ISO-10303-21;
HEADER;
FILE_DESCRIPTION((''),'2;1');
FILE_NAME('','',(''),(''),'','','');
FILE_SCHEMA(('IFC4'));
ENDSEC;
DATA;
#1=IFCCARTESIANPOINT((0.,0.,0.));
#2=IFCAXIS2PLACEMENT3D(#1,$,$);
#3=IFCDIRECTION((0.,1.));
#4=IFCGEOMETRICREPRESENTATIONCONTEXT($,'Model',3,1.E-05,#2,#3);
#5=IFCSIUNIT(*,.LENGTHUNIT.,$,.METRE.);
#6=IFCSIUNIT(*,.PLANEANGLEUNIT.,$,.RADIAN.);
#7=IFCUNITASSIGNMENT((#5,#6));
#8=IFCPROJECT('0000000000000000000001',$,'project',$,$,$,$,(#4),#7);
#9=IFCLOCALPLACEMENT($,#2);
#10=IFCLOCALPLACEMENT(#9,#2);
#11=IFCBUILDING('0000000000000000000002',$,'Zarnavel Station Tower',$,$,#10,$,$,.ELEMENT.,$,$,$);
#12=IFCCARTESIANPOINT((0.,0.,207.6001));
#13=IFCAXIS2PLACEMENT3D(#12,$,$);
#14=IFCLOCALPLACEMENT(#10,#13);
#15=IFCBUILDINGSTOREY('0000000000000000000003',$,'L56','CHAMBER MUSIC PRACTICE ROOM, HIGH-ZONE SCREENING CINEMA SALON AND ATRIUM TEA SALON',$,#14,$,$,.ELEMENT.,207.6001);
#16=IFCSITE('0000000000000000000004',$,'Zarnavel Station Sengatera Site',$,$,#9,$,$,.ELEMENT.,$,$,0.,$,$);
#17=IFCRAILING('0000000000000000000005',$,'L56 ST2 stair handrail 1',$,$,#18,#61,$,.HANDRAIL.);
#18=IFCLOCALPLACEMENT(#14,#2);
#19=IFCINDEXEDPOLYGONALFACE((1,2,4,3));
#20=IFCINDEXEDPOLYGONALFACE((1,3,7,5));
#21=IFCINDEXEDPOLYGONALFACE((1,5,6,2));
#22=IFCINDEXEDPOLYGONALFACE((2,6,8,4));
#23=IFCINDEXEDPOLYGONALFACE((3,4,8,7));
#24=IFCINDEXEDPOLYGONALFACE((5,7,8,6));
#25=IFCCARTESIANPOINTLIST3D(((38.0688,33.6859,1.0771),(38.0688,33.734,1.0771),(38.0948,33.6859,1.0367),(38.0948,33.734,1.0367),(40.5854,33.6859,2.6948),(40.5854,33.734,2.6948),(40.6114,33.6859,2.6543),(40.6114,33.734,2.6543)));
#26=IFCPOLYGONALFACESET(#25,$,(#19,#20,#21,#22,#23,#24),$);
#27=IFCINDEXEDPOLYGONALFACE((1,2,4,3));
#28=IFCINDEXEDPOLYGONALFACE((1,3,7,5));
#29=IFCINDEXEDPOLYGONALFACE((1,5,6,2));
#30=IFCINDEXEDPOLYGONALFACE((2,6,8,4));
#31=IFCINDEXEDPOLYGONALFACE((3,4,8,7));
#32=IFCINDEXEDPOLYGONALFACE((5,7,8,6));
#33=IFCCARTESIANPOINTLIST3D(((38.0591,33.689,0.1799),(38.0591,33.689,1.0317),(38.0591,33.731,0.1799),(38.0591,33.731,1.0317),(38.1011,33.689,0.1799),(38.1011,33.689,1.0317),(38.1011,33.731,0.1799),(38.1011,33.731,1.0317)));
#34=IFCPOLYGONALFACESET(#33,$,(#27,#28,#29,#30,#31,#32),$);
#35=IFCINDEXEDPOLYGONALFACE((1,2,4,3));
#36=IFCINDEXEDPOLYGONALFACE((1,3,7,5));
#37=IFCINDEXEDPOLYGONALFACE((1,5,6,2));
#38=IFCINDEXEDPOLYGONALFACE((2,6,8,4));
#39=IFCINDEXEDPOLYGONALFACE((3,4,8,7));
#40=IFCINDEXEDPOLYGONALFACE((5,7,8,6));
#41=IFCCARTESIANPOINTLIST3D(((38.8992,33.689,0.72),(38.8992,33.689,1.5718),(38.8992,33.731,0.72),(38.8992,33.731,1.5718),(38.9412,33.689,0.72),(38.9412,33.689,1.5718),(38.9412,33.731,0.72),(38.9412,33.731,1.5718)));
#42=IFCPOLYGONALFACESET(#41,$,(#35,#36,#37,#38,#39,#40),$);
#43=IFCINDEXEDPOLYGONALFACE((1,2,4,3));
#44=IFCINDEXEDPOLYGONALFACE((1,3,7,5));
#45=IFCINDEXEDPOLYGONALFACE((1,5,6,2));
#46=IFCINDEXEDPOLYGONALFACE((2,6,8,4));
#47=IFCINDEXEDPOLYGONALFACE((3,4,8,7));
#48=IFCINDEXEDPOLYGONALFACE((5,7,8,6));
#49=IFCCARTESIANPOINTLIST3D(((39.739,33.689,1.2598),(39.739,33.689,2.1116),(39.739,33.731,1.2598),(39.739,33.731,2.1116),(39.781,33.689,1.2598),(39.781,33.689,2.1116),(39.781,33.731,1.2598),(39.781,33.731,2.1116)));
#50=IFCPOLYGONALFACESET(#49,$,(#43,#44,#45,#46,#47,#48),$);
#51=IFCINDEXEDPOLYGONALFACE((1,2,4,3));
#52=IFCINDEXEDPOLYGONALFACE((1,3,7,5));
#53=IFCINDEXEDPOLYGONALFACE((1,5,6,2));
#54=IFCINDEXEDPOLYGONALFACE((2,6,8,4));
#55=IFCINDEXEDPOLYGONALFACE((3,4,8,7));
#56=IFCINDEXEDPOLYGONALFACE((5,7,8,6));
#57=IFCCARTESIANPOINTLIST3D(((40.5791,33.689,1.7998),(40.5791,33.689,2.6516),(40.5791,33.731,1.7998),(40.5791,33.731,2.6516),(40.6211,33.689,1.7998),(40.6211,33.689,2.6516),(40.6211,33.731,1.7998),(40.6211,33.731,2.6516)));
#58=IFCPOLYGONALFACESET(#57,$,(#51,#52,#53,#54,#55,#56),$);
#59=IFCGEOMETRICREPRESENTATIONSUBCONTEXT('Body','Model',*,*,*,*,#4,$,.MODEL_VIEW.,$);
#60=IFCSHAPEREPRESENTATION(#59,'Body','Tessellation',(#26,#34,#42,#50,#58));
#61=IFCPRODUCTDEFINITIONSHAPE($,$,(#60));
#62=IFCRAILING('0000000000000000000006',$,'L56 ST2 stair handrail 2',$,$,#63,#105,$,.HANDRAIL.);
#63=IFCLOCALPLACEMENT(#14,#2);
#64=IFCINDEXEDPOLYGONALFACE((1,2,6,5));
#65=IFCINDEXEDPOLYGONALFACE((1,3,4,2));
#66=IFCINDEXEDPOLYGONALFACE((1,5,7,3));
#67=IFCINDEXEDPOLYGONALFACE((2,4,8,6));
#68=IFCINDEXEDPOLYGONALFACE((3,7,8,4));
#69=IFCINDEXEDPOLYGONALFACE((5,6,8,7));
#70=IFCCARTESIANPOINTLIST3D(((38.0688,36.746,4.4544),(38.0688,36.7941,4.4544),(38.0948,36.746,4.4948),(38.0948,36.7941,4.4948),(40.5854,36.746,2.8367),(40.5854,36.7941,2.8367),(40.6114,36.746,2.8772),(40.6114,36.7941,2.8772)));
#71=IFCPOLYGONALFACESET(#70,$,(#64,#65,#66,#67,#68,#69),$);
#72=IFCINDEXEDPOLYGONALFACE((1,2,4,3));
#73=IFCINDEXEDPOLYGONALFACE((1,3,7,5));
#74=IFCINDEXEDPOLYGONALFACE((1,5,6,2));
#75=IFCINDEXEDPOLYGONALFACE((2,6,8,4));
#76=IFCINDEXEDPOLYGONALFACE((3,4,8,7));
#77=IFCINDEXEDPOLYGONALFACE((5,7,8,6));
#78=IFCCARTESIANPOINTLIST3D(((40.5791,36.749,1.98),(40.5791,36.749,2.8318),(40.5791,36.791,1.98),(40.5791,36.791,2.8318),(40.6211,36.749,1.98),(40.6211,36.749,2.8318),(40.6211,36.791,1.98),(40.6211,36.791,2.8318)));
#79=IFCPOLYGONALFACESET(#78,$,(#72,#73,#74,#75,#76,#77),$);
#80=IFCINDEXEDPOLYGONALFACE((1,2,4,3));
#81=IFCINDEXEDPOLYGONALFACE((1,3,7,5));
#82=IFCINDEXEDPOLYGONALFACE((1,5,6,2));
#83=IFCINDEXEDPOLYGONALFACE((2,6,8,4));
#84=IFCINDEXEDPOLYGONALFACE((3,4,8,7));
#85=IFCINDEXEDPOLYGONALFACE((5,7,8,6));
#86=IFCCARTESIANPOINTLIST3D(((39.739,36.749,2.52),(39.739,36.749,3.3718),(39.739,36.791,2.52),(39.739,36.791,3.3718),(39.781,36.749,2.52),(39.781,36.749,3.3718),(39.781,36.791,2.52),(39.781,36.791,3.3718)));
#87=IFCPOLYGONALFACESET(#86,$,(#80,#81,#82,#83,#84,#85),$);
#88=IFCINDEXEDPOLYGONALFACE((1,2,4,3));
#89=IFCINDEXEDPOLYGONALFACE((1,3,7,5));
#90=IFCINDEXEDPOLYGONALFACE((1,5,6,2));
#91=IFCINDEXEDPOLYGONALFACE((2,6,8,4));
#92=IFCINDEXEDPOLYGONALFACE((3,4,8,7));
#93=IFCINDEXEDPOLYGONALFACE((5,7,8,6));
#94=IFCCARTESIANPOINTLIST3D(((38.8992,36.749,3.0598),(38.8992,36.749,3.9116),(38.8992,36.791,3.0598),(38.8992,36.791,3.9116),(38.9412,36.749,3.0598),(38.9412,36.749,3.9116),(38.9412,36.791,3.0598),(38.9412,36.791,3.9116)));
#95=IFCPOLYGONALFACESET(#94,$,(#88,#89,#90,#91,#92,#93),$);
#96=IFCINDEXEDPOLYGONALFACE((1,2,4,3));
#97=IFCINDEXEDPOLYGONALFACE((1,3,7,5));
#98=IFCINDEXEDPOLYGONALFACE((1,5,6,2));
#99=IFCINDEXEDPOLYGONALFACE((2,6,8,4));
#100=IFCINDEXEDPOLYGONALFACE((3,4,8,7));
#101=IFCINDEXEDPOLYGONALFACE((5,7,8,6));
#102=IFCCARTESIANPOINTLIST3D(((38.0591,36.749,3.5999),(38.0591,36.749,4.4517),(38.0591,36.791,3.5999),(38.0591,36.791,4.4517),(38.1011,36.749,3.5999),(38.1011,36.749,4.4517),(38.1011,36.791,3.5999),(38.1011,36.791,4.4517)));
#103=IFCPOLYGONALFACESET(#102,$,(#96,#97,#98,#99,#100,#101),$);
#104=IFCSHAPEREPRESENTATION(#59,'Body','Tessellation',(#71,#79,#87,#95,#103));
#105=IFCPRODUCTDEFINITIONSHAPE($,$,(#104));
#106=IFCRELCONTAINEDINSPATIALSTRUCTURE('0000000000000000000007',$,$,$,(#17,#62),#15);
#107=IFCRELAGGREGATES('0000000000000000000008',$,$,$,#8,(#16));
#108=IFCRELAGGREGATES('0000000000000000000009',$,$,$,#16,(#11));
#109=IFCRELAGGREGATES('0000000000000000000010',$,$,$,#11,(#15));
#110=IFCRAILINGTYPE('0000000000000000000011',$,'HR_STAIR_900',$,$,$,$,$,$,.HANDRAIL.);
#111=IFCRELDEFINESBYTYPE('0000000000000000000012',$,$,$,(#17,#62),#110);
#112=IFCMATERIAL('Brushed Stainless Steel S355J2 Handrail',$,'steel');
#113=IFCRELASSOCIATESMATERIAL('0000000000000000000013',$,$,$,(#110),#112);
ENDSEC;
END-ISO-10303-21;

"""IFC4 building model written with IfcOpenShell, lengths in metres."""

from ifc_helpers import new_model, si_unit, direction, frame, origin, origin_2d, place, context, subcontext, project, spatial, rectangle, extrude, material, type_object, element, save


model = new_model("IFC4")

# Units and contexts
model_context = context("Model", 3, precision=1e-05, world=origin(), true_north=direction((0.0, 1.0)))
body_context = subcontext(model_context, "Body", "Model", "MODEL_VIEW")
ifc_project = project(units=[si_unit("LENGTHUNIT", "METRE"), si_unit("PLANEANGLEUNIT", "RADIAN")], contexts=[model_context])

# Site, building, storey
site_placement = place(None, origin())
site = spatial("IfcSite", under=ifc_project, at=site_placement, Name="Zarnavel Station Sengatera Site", CompositionType="ELEMENT", RefElevation=0.0)
building_placement = place(site_placement, origin())
building = spatial("IfcBuilding", under=site, at=building_placement, Name="Zarnavel Station Tower", CompositionType="ELEMENT")
storey_placement = place(building_placement, frame((0.0, 0.0, 207.6001)))
storey = spatial("IfcBuildingStorey", under=building, at=storey_placement, Name="L56", Description="CHAMBER MUSIC PRACTICE ROOM, HIGH-ZONE SCREENING CINEMA SALON AND ATRIUM TEA SALON", CompositionType="ELEMENT", Elevation=207.6001)

# Railings
ifc_material_1 = material(Name="Brushed Stainless Steel S355J2 Handrail", Category="steel")
railing_type_1 = type_object("IfcRailingType", Name="HR_STAIR_900", PredefinedType="HANDRAIL", material=ifc_material_1)
railing_1_placement = place(storey_placement, frame((38.0801, 33.71, 0.1799)))
element("IfcRailing", 1, at=railing_1_placement, inside=storey, type_object=railing_type_1, Name="L56 ST2 stair handrail 1", PredefinedType="HANDRAIL", context=body_context, shape_type="SweptSolid", body=[
    extrude(rectangle(XDim=0.0481, YDim=0.0481, at=origin_2d()), frame((0.0017, 0.0, 0.877), z_axis=(0.8412, 0.0, 0.540725), x_axis=(0.0, 1.0, 0.0)), (0.0, 0.0, 1.0), 2.9917),
    extrude(rectangle(XDim=0.042, YDim=0.042, at=origin_2d()), origin(), (0.0, 0.0, 1.0), 0.8518),
    extrude(rectangle(XDim=0.042, YDim=0.042, at=origin_2d()), frame((0.8401, 0.0, 0.54)), (0.0, 0.0, 1.0), 0.8518),
    extrude(rectangle(XDim=0.042, YDim=0.042, at=origin_2d()), frame((1.6799, 0.0, 1.0798)), (0.0, 0.0, 1.0), 0.8518),
    extrude(rectangle(XDim=0.042, YDim=0.042, at=origin_2d()), frame((2.52, 0.0, 1.6199)), (0.0, 0.0, 1.0), 0.8518),
])
railing_2_placement = place(storey_placement, frame((40.6001, 36.77, 1.98)))
element("IfcRailing", 2, at=railing_2_placement, inside=storey, type_object=railing_type_1, Name="L56 ST2 stair handrail 2", PredefinedType="HANDRAIL", context=body_context, shape_type="SweptSolid", body=[
    extrude(rectangle(XDim=0.0481, YDim=0.0481, at=origin_2d()), frame((-0.0017, 0.0, 0.877), z_axis=(-0.8412, 0.0, 0.540725), x_axis=(0.0, -1.0, 0.0)), (0.0, 0.0, 1.0), 2.9917),
    extrude(rectangle(XDim=0.042, YDim=0.042, at=origin_2d()), origin(), (0.0, 0.0, 1.0), 0.8518),
    extrude(rectangle(XDim=0.042, YDim=0.042, at=origin_2d()), frame((-0.8401, 0.0, 0.54)), (0.0, 0.0, 1.0), 0.8518),
    extrude(rectangle(XDim=0.042, YDim=0.042, at=origin_2d()), frame((-1.6799, 0.0, 1.0798)), (0.0, 0.0, 1.0), 0.8518),
    extrude(rectangle(XDim=0.042, YDim=0.042, at=origin_2d()), frame((-2.52, 0.0, 1.6199)), (0.0, 0.0, 1.0), 0.8518),
])

save(model, "model.ifc")
